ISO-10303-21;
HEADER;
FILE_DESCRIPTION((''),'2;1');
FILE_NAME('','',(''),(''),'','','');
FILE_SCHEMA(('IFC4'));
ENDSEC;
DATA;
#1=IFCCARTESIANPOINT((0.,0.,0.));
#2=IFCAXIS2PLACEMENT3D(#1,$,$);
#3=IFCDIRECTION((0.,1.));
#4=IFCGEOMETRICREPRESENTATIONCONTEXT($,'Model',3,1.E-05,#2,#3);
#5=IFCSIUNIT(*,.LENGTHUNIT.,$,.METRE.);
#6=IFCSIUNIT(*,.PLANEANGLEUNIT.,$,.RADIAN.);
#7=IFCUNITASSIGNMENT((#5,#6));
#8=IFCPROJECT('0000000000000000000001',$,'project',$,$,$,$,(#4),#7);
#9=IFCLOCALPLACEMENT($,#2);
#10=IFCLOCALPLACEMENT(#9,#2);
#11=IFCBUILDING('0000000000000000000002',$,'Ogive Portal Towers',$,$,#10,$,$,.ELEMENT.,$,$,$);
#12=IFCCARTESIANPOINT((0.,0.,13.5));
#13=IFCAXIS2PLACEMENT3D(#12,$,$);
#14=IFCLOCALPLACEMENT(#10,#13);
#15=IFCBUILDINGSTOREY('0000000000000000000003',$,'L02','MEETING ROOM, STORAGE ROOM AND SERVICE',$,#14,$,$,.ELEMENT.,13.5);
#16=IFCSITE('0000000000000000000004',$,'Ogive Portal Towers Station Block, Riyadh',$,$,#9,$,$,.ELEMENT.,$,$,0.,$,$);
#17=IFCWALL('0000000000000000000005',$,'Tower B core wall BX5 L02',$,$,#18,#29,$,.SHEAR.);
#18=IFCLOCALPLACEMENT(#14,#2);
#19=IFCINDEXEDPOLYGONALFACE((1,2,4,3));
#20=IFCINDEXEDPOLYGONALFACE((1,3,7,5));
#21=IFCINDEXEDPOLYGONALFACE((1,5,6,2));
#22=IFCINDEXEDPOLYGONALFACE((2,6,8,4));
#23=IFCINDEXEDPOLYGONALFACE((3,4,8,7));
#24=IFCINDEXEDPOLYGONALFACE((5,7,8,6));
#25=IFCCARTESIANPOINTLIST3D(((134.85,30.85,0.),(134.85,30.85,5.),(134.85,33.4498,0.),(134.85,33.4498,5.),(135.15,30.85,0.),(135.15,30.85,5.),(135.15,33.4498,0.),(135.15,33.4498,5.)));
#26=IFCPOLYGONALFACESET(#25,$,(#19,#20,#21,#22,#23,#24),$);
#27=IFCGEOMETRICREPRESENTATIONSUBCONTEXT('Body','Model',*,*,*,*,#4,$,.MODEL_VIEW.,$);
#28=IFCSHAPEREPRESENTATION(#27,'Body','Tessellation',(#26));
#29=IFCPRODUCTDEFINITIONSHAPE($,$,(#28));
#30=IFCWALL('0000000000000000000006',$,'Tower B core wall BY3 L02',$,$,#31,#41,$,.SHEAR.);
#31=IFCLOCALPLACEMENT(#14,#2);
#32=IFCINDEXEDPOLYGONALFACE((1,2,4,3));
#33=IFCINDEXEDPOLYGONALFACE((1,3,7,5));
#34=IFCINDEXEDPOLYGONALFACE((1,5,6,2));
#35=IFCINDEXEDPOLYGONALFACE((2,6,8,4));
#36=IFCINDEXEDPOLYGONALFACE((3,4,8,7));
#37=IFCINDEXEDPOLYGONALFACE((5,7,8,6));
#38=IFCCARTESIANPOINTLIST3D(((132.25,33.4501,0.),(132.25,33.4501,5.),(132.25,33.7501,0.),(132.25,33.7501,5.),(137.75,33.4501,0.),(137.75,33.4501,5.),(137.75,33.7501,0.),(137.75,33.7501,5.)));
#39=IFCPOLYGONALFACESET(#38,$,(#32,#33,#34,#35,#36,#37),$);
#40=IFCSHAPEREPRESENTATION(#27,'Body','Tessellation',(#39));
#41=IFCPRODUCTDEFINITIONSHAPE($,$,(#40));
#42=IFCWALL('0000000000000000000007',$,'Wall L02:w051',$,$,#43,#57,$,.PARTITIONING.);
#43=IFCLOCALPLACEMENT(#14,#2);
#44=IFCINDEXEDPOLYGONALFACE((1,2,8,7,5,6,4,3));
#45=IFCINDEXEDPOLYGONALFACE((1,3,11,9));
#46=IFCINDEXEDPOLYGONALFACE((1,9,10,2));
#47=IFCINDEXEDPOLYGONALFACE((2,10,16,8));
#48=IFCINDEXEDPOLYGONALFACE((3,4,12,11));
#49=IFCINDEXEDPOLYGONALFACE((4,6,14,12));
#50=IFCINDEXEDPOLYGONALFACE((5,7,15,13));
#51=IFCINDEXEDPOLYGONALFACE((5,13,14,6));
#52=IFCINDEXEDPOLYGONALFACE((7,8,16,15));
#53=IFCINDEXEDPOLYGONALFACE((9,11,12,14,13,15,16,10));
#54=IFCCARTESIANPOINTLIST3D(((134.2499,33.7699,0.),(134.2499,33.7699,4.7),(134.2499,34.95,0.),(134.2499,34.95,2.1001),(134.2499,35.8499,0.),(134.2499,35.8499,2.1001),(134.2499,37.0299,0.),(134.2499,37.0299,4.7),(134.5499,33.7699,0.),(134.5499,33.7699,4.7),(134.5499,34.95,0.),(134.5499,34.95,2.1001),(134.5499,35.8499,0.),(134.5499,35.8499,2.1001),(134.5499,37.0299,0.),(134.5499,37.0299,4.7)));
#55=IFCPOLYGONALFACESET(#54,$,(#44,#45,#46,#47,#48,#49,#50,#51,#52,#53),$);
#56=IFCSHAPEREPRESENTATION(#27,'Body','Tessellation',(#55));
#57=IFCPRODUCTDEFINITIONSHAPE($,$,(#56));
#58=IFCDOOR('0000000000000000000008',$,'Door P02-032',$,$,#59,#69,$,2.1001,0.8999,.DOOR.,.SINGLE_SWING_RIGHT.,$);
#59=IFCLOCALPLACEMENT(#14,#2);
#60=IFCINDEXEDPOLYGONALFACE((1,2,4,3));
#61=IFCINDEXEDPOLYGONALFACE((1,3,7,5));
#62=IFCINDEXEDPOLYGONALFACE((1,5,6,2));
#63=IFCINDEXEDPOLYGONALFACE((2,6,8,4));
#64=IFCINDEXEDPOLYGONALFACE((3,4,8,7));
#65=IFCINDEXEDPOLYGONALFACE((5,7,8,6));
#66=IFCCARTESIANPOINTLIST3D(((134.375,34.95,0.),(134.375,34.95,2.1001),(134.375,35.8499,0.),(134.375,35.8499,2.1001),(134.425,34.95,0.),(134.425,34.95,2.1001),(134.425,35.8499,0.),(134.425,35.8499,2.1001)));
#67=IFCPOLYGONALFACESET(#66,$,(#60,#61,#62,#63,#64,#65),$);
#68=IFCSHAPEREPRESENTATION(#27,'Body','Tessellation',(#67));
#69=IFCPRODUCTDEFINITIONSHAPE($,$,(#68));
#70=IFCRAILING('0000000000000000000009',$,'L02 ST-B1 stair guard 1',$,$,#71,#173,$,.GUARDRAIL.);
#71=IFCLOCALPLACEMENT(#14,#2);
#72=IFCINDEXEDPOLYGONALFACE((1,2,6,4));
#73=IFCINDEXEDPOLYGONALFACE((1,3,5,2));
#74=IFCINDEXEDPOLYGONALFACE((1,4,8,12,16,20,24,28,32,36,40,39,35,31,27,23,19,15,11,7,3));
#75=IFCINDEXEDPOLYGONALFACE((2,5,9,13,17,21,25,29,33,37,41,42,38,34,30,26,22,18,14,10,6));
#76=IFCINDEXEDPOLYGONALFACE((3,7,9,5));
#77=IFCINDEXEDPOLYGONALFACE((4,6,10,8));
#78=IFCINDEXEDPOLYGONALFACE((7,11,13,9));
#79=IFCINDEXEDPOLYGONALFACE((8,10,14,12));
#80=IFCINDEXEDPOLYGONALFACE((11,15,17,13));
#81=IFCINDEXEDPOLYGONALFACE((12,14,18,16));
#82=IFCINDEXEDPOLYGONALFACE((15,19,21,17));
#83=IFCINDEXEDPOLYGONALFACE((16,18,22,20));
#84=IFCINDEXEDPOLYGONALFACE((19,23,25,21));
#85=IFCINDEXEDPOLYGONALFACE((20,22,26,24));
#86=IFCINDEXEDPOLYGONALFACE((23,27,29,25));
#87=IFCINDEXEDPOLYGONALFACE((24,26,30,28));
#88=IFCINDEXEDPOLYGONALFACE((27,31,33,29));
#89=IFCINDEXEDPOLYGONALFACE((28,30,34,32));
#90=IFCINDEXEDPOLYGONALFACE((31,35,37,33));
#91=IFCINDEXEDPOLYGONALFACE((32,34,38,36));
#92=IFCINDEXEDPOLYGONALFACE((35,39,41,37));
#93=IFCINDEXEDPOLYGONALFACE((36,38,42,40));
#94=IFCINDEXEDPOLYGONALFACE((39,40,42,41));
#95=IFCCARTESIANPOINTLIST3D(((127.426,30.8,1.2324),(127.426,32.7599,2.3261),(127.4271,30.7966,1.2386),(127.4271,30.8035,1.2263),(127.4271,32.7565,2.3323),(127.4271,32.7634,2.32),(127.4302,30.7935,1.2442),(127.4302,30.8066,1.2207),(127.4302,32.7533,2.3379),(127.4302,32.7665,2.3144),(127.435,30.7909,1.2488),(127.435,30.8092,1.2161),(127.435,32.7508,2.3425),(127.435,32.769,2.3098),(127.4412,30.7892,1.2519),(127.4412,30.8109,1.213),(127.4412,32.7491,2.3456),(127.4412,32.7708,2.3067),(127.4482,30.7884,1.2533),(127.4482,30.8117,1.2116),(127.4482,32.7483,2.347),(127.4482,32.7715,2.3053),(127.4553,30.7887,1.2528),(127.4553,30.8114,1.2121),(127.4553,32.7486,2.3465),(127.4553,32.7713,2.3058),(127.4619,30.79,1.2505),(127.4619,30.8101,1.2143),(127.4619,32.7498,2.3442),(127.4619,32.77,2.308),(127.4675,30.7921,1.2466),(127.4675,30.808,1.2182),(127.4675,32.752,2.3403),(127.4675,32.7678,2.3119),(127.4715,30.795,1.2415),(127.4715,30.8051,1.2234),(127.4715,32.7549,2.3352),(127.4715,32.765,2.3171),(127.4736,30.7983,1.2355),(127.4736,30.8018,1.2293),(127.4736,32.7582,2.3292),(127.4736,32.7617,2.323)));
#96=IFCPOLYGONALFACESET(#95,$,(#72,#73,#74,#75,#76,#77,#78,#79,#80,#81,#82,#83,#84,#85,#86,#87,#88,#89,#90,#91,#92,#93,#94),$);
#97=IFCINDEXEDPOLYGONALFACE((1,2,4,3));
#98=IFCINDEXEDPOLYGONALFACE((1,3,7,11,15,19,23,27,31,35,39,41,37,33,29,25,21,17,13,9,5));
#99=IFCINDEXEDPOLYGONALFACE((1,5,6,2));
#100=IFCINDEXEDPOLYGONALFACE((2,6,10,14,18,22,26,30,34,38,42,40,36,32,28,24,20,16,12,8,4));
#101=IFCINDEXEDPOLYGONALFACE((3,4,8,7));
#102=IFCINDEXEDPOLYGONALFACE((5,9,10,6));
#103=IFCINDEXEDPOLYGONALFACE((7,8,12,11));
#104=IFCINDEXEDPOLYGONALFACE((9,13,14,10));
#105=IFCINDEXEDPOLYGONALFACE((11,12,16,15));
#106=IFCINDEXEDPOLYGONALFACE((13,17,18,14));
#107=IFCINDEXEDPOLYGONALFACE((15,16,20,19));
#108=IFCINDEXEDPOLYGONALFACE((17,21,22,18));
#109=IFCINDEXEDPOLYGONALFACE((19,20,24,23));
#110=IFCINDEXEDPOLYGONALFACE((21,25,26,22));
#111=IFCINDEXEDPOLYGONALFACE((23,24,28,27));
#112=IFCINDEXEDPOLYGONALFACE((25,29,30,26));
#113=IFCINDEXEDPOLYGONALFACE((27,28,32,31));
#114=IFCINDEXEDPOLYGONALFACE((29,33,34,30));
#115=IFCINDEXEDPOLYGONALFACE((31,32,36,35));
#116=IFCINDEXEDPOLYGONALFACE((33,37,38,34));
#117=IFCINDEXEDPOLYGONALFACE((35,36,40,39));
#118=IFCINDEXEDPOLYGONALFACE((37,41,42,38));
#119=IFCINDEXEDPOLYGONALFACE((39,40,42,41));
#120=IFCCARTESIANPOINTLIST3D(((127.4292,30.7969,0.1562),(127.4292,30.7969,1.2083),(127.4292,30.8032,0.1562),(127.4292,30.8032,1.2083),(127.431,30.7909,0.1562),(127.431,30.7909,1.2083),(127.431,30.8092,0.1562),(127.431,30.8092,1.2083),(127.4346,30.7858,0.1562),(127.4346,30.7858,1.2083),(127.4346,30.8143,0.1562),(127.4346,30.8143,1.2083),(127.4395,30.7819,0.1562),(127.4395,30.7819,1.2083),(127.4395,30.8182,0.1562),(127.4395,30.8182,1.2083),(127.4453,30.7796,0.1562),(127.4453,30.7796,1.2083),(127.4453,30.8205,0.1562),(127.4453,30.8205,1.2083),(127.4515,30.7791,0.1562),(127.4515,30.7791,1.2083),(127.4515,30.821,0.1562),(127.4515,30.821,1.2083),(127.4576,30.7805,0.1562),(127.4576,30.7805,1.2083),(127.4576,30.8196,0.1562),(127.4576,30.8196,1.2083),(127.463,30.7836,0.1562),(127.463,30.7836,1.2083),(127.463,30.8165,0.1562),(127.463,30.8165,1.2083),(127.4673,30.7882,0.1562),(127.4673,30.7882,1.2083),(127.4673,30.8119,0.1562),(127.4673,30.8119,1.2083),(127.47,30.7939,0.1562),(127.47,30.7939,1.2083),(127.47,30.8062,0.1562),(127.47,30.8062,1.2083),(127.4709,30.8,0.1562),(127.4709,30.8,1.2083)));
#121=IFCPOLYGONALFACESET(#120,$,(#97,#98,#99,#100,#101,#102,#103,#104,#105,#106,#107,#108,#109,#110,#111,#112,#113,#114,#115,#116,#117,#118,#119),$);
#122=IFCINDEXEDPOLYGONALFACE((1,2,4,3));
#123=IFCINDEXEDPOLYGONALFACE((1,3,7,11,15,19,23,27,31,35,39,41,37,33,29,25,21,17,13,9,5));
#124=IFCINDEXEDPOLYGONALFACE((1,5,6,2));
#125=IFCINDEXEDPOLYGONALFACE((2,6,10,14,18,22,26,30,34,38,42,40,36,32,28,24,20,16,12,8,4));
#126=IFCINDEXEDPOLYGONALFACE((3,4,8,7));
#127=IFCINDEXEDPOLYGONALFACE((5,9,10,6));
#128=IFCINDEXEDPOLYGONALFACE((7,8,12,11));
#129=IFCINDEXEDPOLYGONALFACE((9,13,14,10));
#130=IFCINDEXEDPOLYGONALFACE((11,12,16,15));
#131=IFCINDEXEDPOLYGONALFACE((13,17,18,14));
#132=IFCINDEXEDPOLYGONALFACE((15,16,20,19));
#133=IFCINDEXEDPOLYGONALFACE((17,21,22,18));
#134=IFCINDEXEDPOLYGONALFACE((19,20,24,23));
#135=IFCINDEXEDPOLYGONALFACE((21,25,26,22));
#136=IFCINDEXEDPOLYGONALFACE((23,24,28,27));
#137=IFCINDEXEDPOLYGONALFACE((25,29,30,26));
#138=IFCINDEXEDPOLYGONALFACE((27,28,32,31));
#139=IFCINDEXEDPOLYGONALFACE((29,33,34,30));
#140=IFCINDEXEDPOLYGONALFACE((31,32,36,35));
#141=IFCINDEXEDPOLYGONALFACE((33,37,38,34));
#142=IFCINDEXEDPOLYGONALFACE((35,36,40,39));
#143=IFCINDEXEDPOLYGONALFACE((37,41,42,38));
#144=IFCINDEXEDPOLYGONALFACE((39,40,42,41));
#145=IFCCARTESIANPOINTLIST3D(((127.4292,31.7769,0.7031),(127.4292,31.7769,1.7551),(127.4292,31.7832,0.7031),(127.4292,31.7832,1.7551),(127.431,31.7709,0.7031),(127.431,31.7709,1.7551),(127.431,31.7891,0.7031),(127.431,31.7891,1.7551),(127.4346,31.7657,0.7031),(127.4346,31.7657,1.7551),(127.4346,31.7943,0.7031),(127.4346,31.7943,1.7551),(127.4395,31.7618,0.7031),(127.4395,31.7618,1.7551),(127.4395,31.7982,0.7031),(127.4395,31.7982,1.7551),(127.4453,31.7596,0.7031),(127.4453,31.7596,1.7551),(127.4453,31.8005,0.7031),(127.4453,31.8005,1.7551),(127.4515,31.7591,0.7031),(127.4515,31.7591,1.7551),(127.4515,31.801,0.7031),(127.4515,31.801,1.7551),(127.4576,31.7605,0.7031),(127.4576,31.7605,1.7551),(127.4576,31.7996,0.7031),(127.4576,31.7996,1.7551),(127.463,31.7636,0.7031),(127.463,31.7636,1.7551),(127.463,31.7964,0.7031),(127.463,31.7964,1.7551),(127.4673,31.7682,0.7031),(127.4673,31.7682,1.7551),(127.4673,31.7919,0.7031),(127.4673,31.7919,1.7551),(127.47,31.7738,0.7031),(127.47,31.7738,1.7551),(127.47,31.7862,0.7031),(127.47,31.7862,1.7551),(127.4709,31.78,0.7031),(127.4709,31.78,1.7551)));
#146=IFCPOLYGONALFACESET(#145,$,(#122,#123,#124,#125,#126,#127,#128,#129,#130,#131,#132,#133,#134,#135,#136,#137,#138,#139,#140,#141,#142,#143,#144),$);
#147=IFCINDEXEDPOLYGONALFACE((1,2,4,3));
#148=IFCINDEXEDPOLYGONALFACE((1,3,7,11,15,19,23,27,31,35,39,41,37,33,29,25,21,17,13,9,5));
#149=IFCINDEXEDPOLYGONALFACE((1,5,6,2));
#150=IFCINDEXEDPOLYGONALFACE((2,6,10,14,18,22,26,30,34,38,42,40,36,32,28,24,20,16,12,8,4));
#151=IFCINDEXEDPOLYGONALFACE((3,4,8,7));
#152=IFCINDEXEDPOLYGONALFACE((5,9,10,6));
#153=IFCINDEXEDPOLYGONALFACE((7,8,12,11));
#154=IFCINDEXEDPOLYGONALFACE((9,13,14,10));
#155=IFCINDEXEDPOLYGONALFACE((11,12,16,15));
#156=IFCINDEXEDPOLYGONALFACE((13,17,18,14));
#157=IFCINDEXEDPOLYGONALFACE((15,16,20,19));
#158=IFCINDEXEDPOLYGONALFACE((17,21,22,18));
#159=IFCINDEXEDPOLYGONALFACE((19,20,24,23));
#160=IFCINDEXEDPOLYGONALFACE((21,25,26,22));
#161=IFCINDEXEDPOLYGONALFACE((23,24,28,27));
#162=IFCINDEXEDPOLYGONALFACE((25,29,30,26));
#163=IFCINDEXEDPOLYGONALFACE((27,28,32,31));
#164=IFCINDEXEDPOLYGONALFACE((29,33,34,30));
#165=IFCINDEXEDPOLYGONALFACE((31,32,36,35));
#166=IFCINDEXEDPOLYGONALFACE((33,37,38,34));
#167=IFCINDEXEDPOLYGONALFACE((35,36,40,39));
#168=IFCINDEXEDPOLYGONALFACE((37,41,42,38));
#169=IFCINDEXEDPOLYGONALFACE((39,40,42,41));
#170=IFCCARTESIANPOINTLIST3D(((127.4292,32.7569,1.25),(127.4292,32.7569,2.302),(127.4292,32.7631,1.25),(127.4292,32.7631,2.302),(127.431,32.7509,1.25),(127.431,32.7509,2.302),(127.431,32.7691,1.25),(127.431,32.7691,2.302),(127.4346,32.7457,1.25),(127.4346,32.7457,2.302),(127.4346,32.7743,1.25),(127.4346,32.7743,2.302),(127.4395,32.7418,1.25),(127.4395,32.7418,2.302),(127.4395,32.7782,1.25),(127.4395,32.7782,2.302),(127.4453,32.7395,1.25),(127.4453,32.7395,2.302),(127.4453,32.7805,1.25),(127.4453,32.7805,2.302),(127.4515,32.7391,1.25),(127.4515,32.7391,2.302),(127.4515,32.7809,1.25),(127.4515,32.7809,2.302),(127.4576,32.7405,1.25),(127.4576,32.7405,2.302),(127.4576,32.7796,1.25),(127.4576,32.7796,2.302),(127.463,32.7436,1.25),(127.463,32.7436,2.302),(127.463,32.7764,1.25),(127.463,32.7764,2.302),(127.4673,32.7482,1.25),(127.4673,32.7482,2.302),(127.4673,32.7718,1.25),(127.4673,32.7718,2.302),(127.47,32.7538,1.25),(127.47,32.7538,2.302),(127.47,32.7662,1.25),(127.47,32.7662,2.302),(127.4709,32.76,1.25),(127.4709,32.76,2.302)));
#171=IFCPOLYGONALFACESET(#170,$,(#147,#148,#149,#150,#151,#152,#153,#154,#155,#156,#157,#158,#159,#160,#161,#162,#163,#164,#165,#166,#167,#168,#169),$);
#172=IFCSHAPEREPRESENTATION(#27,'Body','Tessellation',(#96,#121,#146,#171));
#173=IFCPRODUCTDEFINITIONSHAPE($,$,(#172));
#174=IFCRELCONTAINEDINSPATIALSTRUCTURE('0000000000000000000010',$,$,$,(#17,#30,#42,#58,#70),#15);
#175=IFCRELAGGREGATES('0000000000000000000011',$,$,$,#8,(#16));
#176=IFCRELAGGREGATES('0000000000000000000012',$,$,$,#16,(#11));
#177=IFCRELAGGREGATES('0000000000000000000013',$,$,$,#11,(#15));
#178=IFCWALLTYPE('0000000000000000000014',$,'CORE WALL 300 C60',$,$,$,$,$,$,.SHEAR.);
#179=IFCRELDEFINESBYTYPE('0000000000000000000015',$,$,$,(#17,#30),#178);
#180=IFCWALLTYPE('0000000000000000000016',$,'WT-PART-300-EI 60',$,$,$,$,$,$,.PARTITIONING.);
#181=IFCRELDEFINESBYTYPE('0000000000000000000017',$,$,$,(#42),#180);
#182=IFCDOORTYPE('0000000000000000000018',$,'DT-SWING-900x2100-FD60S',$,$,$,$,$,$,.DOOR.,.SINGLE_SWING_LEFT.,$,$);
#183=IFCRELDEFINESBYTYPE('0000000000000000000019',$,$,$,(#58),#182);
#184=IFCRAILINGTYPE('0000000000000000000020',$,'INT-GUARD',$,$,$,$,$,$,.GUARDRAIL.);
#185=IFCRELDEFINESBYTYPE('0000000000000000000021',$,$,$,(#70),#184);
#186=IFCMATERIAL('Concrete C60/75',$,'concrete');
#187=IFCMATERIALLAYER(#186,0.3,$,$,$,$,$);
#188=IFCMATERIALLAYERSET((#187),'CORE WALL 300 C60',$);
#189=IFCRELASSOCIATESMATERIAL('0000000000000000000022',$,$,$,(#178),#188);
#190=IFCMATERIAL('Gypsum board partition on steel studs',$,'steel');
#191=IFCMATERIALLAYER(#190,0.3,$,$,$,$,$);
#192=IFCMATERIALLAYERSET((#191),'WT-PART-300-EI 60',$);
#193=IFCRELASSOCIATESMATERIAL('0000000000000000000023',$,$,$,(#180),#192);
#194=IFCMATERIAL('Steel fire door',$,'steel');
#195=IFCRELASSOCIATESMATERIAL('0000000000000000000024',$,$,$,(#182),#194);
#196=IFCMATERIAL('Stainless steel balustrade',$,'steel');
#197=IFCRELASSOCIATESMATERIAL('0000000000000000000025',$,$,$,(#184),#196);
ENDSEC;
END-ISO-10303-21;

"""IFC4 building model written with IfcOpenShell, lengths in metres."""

from ifc_helpers import new_model, si_unit, direction, frame, frame_2d, origin, origin_2d, place, context, subcontext, project, spatial, rectangle, circle, extrude, material, layer, layer_set, type_object, element, fill, save


model = new_model("IFC4")

# Units and contexts
model_context = context("Model", 3, precision=1e-05, world=origin(), true_north=direction((0.0, 1.0)))
body_context = subcontext(model_context, "Body", "Model", "MODEL_VIEW")
ifc_project = project(units=[si_unit("LENGTHUNIT", "METRE"), si_unit("PLANEANGLEUNIT", "RADIAN")], contexts=[model_context])

# Site, building, storey
site_placement = place(None, origin())
site = spatial("IfcSite", under=ifc_project, at=site_placement, Name="Ogive Portal Towers Station Block, Riyadh", CompositionType="ELEMENT", RefElevation=0.0)
building_placement = place(site_placement, origin())
building = spatial("IfcBuilding", under=site, at=building_placement, Name="Ogive Portal Towers", CompositionType="ELEMENT")
storey_placement = place(building_placement, frame((0.0, 0.0, 13.5)))
storey = spatial("IfcBuildingStorey", under=building, at=storey_placement, Name="L02", Description="MEETING ROOM, STORAGE ROOM AND SERVICE", CompositionType="ELEMENT", Elevation=13.5)

# Walls
ifc_material_1 = material(Name="Concrete C60/75", Category="concrete")
ifc_layer_1 = layer(ifc_material_1, 0.3)
ifc_layer_set_1 = layer_set([ifc_layer_1], Name="CORE WALL 300 C60")
wall_type_1 = type_object("IfcWallType", Name="CORE WALL 300 C60", PredefinedType="SHEAR", material=ifc_layer_set_1)
wall_1_placement = place(storey_placement, frame((135.0, 30.8501, 0.0), z_axis=(0.0, 0.0, 1.0), x_axis=(0.0, 1.0, 0.0)))
element("IfcWall", 1, at=wall_1_placement, inside=storey, type_object=wall_type_1, Name="Tower B core wall BX5 L02", PredefinedType="SHEAR", context=body_context, shape_type="SweptSolid", body=[
    extrude(rectangle(XDim=2.5999, YDim=0.3, at=frame_2d((1.2998, 0.0))), origin(), (0.0, 0.0, 1.0), 5.0),
])
wall_2_placement = place(storey_placement, frame((132.25, 33.6001, 0.0), z_axis=(0.0, 0.0, 1.0), x_axis=(1.0, 0.0, 0.0)))
element("IfcWall", 2, at=wall_2_placement, inside=storey, type_object=wall_type_1, Name="Tower B core wall BY3 L02", PredefinedType="SHEAR", context=body_context, shape_type="SweptSolid", body=[
    extrude(rectangle(XDim=5.5, YDim=0.3, at=frame_2d((2.75, 0.0))), origin(), (0.0, 0.0, 1.0), 5.0),
])

# Wall, opening, door
ifc_material_2 = material(Name="Gypsum board partition on steel studs", Category="steel")
ifc_layer_2 = layer(ifc_material_2, 0.3)
ifc_layer_set_2 = layer_set([ifc_layer_2], Name="WT-PART-300-EI 60")
wall_type_2 = type_object("IfcWallType", Name="WT-PART-300-EI 60", PredefinedType="PARTITIONING", material=ifc_layer_set_2)
wall_3_placement = place(storey_placement, frame((134.3999, 33.77, 0.0), z_axis=(0.0, 0.0, 1.0), x_axis=(0.0, 1.0, 0.0)))
wall_3 = element("IfcWall", 3, at=wall_3_placement, inside=storey, type_object=wall_type_2, Name="Wall L02:w051", PredefinedType="PARTITIONING", context=body_context, shape_type="SweptSolid", body=[
    extrude(rectangle(XDim=3.26, YDim=0.3, at=frame_2d((1.6299, 0.0))), origin(), (0.0, 0.0, 1.0), 4.7),
])
opening_1_placement = place(wall_3_placement, frame((1.1799, 0.0, 0.0)))
opening_1 = element("IfcOpeningElement", 4, at=opening_1_placement, cuts=wall_3, PredefinedType="OPENING", context=body_context, shape_type="SweptSolid", body=[
    extrude(rectangle(XDim=0.8999, YDim=2.1001, at=frame_2d((0.45, 1.05))), frame((0.0, 0.1602, 0.0), z_axis=(0.0, -1.0, 0.0), x_axis=(1.0, 0.0, 0.0)), (0.0, 0.0, 1.0), 0.3201),
])
ifc_material_3 = material(Name="Steel fire door", Category="steel")
door_type_1 = type_object("IfcDoorType", Name="DT-SWING-900x2100-FD60S", OperationType="SINGLE_SWING_LEFT", PredefinedType="DOOR", material=ifc_material_3)
door_1_placement = place(opening_1_placement, origin())
door_1 = element("IfcDoor", 5, at=door_1_placement, inside=storey, type_object=door_type_1, Name="Door P02-032", OperationType="SINGLE_SWING_RIGHT", OverallHeight=2.1001, OverallWidth=0.8999, PredefinedType="DOOR", context=body_context, shape_type="SweptSolid", body=[
    extrude(rectangle(XDim=0.8999, YDim=2.1001, at=frame_2d((0.45, 1.05))), frame((0.0, 0.0249, 0.0), z_axis=(0.0, -1.0, 0.0), x_axis=(1.0, 0.0, 0.0)), (0.0, 0.0, 1.0), 0.05),
])
fill(opening_1, door_1)

# Railing
ifc_material_4 = material(Name="Stainless steel balustrade", Category="steel")
railing_type_1 = type_object("IfcRailingType", Name="INT-GUARD", PredefinedType="GUARDRAIL", material=ifc_material_4)
railing_1_placement = place(storey_placement, frame((127.45, 30.8, 0.1562)))
element("IfcRailing", 6, at=railing_1_placement, inside=storey, type_object=railing_type_1, Name="L02 ST-B1 stair guard 1", PredefinedType="GUARDRAIL", context=body_context, shape_type="SweptSolid", body=[
    extrude(circle(Radius=0.0239, at=origin_2d()), frame((0.0, 0.0, 1.0762), z_axis=(0.0, 0.873232, 0.487304), x_axis=(-1.0, 0.0, 0.0)), (0.0, 0.0, 1.0), 2.2444),
    extrude(circle(Radius=0.021, at=origin_2d()), origin(), (0.0, 0.0, 1.0), 1.052),
    extrude(circle(Radius=0.021, at=origin_2d()), frame((0.0, 0.98, 0.5469)), (0.0, 0.0, 1.0), 1.052),
    extrude(circle(Radius=0.021, at=origin_2d()), frame((0.0, 1.96, 1.0938)), (0.0, 0.0, 1.0), 1.052),
])

save(model, "model.ifc")
